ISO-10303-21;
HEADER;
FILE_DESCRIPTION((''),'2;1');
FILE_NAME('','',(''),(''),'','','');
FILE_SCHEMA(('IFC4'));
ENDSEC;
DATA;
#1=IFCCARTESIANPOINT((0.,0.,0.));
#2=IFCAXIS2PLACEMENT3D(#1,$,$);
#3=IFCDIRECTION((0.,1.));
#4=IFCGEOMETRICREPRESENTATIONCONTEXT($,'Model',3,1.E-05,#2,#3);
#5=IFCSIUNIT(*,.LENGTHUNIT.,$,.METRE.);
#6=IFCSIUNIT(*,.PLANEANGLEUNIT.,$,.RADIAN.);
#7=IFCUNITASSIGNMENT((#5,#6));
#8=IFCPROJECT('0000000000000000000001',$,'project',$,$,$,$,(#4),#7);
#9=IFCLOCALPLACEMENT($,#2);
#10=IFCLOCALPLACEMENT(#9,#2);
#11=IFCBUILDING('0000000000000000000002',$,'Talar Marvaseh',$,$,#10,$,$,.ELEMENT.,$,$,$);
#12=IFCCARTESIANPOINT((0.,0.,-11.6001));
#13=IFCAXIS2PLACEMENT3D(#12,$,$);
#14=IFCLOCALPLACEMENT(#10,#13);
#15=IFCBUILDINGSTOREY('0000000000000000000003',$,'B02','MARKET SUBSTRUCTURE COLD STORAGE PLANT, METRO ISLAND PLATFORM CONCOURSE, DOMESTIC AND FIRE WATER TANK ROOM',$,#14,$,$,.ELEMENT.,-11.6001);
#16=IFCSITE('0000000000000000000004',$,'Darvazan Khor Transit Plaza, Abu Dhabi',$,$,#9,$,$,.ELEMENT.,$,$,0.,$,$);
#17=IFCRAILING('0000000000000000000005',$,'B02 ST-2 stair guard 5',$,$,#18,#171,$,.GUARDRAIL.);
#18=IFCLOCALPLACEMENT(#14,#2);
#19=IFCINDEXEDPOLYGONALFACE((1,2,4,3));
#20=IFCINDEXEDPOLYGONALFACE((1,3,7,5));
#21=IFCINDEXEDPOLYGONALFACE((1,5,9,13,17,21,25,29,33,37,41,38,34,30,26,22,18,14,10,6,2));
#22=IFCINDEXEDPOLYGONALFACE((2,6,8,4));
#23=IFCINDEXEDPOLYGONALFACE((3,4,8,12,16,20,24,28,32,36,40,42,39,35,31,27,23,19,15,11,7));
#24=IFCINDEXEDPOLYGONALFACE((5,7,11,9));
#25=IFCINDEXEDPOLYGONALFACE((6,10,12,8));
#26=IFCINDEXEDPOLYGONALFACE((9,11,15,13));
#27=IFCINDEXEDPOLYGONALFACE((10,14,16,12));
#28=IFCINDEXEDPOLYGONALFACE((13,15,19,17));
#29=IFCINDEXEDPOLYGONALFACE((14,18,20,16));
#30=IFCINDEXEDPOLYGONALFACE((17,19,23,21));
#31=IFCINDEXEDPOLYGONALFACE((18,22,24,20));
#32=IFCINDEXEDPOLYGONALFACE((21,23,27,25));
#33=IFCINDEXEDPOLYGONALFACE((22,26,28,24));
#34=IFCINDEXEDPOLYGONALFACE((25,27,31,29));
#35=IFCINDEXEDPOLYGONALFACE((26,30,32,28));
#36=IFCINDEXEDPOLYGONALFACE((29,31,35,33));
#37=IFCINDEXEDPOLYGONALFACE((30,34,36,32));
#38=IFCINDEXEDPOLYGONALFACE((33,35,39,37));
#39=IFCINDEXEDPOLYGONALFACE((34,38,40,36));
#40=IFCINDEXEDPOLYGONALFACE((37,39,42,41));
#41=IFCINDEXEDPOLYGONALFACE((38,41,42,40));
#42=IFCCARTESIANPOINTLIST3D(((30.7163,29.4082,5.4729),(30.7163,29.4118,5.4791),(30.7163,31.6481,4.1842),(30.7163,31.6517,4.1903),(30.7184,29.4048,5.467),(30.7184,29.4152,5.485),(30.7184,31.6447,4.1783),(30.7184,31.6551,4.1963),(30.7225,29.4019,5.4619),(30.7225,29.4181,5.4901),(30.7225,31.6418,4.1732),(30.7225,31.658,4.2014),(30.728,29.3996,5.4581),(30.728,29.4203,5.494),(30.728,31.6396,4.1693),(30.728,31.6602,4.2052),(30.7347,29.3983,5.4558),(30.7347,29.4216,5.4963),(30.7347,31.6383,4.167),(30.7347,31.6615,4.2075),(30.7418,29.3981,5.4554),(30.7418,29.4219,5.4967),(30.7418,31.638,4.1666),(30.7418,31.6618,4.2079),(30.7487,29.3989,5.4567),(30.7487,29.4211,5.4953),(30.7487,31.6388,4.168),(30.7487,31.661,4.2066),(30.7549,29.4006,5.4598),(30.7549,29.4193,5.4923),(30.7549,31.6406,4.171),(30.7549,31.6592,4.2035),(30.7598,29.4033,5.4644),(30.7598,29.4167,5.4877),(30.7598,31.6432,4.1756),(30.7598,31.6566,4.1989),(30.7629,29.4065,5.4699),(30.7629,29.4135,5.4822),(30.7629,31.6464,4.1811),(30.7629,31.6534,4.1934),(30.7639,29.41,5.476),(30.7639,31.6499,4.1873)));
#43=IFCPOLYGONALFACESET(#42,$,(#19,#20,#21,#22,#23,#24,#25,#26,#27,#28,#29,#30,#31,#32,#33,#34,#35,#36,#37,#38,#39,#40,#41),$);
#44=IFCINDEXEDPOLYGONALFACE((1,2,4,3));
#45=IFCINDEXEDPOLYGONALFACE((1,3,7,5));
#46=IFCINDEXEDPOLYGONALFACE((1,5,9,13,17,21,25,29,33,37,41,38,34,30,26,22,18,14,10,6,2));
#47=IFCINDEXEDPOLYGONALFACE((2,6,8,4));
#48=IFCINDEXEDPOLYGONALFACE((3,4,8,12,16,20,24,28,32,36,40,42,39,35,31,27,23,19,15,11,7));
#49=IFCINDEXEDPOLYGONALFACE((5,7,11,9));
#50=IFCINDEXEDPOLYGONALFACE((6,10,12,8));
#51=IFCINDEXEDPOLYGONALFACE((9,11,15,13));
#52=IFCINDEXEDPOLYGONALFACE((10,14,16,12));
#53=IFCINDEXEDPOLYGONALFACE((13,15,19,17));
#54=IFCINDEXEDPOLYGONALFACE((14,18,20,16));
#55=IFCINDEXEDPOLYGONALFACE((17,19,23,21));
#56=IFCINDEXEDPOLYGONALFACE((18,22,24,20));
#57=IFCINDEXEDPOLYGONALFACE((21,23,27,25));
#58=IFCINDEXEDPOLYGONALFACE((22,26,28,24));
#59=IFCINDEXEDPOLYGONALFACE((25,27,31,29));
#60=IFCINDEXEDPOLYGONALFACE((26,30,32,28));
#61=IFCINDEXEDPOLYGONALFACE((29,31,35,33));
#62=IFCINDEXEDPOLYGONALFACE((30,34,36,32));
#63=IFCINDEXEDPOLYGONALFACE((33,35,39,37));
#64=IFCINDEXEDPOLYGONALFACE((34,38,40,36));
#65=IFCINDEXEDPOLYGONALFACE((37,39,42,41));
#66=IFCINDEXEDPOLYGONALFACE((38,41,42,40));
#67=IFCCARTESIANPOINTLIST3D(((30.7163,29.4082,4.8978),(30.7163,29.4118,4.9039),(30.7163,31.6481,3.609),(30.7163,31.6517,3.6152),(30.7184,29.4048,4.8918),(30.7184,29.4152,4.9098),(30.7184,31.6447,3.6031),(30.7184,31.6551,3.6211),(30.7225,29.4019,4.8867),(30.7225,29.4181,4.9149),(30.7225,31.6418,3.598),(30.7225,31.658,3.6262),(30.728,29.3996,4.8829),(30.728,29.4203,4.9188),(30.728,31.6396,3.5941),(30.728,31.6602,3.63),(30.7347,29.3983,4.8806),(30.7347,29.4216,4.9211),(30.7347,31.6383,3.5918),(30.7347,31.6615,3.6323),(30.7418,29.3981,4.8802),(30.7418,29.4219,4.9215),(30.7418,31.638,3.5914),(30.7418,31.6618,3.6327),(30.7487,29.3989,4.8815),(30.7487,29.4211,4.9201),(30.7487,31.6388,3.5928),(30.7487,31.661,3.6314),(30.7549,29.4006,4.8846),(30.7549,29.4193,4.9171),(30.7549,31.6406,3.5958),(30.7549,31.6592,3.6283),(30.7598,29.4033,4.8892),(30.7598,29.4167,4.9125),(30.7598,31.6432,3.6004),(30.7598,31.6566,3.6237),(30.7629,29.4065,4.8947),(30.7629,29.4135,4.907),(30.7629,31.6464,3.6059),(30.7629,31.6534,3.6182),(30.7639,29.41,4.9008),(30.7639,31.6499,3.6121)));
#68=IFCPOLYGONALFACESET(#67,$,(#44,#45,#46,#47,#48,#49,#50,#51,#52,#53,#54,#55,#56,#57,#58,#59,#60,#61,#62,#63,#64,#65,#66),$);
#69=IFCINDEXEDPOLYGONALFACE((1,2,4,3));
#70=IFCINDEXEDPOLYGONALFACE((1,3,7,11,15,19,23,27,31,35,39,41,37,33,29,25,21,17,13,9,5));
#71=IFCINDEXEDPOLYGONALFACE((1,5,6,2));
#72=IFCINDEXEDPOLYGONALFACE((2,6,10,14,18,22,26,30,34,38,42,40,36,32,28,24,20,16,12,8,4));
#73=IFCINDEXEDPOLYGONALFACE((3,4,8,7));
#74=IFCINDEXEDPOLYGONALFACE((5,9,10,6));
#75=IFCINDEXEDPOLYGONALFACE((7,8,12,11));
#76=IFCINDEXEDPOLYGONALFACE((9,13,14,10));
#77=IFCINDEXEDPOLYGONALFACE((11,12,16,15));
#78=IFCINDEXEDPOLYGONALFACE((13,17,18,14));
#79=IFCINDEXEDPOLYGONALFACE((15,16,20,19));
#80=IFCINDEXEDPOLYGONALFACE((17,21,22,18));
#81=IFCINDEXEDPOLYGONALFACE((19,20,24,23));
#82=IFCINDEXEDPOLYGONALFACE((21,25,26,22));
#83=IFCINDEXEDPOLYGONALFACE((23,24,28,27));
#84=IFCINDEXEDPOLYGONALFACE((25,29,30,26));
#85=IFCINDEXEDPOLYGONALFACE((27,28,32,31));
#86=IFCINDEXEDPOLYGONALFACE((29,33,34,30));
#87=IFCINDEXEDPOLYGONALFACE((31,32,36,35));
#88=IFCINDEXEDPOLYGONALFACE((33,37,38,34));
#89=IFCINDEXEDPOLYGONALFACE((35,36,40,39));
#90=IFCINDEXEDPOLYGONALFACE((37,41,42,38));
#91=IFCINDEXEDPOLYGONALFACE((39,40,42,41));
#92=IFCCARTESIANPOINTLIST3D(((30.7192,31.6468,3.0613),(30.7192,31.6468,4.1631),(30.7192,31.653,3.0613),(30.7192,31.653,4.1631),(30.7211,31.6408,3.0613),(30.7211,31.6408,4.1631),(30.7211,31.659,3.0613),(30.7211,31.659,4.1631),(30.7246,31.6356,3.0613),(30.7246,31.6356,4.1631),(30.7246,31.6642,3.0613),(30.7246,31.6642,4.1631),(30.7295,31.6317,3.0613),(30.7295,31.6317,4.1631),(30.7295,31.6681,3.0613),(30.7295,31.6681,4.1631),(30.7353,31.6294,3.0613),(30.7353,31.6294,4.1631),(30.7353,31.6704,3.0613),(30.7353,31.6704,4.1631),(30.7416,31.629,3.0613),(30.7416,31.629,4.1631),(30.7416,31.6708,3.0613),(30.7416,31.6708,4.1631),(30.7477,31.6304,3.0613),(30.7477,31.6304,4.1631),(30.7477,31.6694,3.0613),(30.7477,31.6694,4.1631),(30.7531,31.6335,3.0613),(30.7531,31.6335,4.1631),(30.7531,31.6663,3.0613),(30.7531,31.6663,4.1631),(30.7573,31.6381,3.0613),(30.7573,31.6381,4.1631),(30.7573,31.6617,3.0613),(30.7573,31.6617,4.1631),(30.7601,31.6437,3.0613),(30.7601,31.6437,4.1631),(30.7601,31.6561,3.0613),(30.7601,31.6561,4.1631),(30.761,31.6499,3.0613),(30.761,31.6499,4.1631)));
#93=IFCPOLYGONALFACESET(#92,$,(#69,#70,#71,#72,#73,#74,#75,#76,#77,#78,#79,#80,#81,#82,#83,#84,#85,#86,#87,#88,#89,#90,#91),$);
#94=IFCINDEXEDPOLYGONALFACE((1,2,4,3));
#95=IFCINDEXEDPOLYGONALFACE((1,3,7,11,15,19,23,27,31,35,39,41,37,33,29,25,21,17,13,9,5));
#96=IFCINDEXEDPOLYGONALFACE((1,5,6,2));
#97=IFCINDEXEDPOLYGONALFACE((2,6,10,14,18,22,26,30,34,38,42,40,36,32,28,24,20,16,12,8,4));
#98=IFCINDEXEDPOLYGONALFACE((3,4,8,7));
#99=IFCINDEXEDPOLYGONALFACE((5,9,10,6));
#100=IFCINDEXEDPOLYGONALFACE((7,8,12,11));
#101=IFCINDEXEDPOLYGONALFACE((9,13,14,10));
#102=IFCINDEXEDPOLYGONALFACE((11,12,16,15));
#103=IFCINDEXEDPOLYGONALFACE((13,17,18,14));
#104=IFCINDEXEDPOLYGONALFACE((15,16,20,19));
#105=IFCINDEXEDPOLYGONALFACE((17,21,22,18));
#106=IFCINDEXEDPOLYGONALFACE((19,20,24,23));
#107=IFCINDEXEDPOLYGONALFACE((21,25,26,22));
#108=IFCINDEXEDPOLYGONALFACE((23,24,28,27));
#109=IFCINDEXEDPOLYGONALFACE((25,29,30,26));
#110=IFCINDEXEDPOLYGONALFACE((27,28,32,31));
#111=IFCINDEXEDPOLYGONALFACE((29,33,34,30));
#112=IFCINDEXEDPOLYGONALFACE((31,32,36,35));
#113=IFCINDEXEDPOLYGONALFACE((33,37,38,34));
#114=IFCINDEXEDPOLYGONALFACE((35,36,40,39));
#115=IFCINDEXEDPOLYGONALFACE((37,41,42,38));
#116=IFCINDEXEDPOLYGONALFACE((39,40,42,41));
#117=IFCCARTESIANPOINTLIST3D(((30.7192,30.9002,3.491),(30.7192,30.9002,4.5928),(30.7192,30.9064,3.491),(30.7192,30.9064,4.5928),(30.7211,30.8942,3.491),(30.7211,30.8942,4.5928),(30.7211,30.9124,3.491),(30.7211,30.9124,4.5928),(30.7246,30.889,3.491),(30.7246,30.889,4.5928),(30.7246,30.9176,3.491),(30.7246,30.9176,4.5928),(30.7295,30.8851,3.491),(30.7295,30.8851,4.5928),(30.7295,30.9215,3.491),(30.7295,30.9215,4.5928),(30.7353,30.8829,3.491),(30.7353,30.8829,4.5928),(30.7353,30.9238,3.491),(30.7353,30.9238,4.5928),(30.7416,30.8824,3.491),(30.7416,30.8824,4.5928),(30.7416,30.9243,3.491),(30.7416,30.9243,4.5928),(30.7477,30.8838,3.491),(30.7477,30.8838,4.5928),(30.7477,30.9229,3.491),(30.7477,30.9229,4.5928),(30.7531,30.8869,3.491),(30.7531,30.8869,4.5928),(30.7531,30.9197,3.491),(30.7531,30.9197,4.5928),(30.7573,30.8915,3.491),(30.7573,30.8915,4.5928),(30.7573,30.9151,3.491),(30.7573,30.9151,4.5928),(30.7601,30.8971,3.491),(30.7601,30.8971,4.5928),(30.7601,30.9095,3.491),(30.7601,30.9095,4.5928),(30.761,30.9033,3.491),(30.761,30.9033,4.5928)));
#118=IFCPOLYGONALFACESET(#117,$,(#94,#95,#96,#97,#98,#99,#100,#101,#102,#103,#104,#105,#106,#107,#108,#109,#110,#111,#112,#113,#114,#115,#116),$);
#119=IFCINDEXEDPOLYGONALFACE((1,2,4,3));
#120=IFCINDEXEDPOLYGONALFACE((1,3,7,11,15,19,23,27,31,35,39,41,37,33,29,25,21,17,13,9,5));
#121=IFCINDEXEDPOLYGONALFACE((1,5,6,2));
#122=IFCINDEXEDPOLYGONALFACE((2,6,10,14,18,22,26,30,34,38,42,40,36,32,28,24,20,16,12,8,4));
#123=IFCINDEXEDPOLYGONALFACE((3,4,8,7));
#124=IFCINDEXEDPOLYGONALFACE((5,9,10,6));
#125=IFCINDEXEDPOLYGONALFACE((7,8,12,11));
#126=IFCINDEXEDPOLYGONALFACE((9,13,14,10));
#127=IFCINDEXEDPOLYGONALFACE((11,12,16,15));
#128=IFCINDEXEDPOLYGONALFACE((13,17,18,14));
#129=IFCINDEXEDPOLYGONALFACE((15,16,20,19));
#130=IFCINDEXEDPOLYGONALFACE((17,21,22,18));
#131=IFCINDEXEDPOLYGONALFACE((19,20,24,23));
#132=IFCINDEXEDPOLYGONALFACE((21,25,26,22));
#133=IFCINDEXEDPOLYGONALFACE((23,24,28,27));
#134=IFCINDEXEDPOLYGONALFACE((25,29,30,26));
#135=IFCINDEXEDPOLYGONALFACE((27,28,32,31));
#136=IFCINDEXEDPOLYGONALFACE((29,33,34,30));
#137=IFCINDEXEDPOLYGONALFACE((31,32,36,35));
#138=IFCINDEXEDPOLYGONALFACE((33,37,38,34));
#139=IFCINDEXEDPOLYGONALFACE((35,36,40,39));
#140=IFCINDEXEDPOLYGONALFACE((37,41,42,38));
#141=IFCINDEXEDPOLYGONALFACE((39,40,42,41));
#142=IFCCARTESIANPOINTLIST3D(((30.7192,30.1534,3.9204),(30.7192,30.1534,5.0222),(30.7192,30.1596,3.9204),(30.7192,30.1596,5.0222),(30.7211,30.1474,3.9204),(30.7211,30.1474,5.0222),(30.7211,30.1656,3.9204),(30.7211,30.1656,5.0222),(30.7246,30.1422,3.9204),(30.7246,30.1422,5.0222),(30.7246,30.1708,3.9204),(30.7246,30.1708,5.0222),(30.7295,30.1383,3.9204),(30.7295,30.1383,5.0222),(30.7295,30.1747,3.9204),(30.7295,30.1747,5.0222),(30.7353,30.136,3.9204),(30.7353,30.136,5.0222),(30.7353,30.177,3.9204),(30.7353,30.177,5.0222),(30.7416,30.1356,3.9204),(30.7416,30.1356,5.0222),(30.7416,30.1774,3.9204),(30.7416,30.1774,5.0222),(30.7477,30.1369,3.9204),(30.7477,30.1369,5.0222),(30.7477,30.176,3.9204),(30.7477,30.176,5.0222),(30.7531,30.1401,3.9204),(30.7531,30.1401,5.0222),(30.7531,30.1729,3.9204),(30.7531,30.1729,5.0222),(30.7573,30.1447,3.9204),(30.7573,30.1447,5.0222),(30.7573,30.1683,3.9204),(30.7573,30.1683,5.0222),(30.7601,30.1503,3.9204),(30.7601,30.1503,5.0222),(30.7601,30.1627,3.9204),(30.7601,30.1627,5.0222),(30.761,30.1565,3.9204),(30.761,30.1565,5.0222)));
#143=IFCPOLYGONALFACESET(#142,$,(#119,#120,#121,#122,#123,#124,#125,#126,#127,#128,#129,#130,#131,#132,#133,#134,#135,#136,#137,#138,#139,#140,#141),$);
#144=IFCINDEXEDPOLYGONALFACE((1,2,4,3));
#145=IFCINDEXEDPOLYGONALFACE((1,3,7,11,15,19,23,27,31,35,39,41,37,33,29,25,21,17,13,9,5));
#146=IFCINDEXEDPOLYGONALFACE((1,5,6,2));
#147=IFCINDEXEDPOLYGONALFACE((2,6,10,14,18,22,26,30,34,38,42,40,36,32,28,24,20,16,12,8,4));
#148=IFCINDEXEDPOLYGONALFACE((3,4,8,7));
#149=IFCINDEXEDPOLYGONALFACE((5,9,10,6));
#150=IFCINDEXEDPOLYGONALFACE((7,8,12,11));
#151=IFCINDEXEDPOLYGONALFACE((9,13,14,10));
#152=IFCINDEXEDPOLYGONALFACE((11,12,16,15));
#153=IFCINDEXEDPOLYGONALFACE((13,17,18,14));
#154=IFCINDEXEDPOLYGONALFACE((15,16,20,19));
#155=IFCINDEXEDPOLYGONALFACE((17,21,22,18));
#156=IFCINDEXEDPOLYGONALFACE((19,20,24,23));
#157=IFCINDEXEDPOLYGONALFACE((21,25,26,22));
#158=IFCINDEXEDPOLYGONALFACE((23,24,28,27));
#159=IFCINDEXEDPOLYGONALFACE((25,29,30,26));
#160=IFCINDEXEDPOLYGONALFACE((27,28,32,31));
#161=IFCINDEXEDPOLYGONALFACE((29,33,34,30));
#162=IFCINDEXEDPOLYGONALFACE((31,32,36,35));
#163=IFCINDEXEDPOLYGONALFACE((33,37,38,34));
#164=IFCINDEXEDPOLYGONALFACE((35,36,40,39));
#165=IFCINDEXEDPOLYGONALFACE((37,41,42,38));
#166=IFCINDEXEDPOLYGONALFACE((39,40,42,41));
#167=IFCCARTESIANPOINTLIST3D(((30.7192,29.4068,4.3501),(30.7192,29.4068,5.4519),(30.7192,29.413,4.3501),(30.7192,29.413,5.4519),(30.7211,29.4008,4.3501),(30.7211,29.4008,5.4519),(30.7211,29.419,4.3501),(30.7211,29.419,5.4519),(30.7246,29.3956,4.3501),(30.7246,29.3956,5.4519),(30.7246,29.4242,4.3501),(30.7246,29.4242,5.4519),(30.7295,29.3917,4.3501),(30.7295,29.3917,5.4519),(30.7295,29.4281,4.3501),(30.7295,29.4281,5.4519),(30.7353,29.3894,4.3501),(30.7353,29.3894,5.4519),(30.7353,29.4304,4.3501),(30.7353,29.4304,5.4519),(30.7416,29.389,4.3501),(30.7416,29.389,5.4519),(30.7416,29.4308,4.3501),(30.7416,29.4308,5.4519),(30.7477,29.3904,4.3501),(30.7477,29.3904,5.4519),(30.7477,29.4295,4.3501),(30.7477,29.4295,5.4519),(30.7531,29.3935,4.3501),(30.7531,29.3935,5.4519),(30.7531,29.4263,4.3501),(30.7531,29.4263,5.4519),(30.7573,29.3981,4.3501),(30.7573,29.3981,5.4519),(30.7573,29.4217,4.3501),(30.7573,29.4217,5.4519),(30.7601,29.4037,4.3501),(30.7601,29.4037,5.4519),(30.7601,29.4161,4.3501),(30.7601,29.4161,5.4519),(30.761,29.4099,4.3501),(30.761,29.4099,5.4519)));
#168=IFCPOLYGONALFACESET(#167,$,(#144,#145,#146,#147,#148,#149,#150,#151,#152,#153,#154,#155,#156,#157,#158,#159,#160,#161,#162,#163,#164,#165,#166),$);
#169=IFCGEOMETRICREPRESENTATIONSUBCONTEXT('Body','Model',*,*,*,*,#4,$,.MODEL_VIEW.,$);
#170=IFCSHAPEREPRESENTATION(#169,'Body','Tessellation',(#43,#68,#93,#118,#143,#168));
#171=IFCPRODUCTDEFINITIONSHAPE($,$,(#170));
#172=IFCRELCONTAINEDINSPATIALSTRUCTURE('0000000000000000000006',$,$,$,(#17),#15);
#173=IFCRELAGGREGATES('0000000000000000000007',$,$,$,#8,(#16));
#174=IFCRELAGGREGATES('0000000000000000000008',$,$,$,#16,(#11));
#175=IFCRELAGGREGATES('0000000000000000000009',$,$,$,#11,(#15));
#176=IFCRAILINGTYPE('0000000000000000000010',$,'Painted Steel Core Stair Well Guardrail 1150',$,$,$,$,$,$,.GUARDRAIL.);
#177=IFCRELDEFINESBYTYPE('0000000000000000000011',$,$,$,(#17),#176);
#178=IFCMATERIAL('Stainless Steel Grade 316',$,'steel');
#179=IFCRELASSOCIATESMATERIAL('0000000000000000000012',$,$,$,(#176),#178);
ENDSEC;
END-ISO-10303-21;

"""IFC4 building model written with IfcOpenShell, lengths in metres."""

from ifc_helpers import new_model, si_unit, direction, frame, origin, origin_2d, place, context, subcontext, project, spatial, circle, extrude, material, type_object, element, save


model = new_model("IFC4")

# Units and contexts
model_context = context("Model", 3, precision=1e-05, world=origin(), true_north=direction((0.0, 1.0)))
body_context = subcontext(model_context, "Body", "Model", "MODEL_VIEW")
ifc_project = project(units=[si_unit("LENGTHUNIT", "METRE"), si_unit("PLANEANGLEUNIT", "RADIAN")], contexts=[model_context])

# Site, building, storey
site_placement = place(None, origin())
site = spatial("IfcSite", under=ifc_project, at=site_placement, Name="Darvazan Khor Transit Plaza, Abu Dhabi", CompositionType="ELEMENT", RefElevation=0.0)
building_placement = place(site_placement, origin())
building = spatial("IfcBuilding", under=site, at=building_placement, Name="Talar Marvaseh", CompositionType="ELEMENT")
storey_placement = place(building_placement, frame((0.0, 0.0, -11.6001)))
storey = spatial("IfcBuildingStorey", under=building, at=storey_placement, Name="B02", Description="MARKET SUBSTRUCTURE COLD STORAGE PLANT, METRO ISLAND PLATFORM CONCOURSE, DOMESTIC AND FIRE WATER TANK ROOM", CompositionType="ELEMENT", Elevation=-11.6001)

# Railing
ifc_material_1 = material(Name="Stainless Steel Grade 316", Category="steel")
railing_type_1 = type_object("IfcRailingType", Name="Painted Steel Core Stair Well Guardrail 1150", PredefinedType="GUARDRAIL", material=ifc_material_1)
railing_1_placement = place(storey_placement, frame((30.74, 31.6499, 3.0613)))
element("IfcRailing", 1, at=railing_1_placement, inside=storey, type_object=railing_type_1, Name="B02 ST-2 stair guard 5", PredefinedType="GUARDRAIL", context=body_context, shape_type="SweptSolid", body=[
    extrude(circle(Radius=0.0239, at=origin_2d()), frame((0.0, 0.0, 1.126), z_axis=(0.0, -0.866768, 0.498711), x_axis=(1.0, 0.0, 0.0)), (0.0, 0.0, 1.0), 2.5842),
    extrude(circle(Radius=0.0239, at=origin_2d()), frame((0.0, 0.0, 0.5508), z_axis=(0.0, -0.866768, 0.498711), x_axis=(1.0, 0.0, 0.0)), (0.0, 0.0, 1.0), 2.5842),
    extrude(circle(Radius=0.021, at=origin_2d()), origin(), (0.0, 0.0, 1.0), 1.1018),
    extrude(circle(Radius=0.021, at=origin_2d()), frame((0.0, -0.7466, 0.4297)), (0.0, 0.0, 1.0), 1.1018),
    extrude(circle(Radius=0.021, at=origin_2d()), frame((0.0, -1.4934, 0.8591)), (0.0, 0.0, 1.0), 1.1018),
    extrude(circle(Radius=0.021, at=origin_2d()), frame((0.0, -2.24, 1.2888)), (0.0, 0.0, 1.0), 1.1018),
])

save(model, "model.ifc")
